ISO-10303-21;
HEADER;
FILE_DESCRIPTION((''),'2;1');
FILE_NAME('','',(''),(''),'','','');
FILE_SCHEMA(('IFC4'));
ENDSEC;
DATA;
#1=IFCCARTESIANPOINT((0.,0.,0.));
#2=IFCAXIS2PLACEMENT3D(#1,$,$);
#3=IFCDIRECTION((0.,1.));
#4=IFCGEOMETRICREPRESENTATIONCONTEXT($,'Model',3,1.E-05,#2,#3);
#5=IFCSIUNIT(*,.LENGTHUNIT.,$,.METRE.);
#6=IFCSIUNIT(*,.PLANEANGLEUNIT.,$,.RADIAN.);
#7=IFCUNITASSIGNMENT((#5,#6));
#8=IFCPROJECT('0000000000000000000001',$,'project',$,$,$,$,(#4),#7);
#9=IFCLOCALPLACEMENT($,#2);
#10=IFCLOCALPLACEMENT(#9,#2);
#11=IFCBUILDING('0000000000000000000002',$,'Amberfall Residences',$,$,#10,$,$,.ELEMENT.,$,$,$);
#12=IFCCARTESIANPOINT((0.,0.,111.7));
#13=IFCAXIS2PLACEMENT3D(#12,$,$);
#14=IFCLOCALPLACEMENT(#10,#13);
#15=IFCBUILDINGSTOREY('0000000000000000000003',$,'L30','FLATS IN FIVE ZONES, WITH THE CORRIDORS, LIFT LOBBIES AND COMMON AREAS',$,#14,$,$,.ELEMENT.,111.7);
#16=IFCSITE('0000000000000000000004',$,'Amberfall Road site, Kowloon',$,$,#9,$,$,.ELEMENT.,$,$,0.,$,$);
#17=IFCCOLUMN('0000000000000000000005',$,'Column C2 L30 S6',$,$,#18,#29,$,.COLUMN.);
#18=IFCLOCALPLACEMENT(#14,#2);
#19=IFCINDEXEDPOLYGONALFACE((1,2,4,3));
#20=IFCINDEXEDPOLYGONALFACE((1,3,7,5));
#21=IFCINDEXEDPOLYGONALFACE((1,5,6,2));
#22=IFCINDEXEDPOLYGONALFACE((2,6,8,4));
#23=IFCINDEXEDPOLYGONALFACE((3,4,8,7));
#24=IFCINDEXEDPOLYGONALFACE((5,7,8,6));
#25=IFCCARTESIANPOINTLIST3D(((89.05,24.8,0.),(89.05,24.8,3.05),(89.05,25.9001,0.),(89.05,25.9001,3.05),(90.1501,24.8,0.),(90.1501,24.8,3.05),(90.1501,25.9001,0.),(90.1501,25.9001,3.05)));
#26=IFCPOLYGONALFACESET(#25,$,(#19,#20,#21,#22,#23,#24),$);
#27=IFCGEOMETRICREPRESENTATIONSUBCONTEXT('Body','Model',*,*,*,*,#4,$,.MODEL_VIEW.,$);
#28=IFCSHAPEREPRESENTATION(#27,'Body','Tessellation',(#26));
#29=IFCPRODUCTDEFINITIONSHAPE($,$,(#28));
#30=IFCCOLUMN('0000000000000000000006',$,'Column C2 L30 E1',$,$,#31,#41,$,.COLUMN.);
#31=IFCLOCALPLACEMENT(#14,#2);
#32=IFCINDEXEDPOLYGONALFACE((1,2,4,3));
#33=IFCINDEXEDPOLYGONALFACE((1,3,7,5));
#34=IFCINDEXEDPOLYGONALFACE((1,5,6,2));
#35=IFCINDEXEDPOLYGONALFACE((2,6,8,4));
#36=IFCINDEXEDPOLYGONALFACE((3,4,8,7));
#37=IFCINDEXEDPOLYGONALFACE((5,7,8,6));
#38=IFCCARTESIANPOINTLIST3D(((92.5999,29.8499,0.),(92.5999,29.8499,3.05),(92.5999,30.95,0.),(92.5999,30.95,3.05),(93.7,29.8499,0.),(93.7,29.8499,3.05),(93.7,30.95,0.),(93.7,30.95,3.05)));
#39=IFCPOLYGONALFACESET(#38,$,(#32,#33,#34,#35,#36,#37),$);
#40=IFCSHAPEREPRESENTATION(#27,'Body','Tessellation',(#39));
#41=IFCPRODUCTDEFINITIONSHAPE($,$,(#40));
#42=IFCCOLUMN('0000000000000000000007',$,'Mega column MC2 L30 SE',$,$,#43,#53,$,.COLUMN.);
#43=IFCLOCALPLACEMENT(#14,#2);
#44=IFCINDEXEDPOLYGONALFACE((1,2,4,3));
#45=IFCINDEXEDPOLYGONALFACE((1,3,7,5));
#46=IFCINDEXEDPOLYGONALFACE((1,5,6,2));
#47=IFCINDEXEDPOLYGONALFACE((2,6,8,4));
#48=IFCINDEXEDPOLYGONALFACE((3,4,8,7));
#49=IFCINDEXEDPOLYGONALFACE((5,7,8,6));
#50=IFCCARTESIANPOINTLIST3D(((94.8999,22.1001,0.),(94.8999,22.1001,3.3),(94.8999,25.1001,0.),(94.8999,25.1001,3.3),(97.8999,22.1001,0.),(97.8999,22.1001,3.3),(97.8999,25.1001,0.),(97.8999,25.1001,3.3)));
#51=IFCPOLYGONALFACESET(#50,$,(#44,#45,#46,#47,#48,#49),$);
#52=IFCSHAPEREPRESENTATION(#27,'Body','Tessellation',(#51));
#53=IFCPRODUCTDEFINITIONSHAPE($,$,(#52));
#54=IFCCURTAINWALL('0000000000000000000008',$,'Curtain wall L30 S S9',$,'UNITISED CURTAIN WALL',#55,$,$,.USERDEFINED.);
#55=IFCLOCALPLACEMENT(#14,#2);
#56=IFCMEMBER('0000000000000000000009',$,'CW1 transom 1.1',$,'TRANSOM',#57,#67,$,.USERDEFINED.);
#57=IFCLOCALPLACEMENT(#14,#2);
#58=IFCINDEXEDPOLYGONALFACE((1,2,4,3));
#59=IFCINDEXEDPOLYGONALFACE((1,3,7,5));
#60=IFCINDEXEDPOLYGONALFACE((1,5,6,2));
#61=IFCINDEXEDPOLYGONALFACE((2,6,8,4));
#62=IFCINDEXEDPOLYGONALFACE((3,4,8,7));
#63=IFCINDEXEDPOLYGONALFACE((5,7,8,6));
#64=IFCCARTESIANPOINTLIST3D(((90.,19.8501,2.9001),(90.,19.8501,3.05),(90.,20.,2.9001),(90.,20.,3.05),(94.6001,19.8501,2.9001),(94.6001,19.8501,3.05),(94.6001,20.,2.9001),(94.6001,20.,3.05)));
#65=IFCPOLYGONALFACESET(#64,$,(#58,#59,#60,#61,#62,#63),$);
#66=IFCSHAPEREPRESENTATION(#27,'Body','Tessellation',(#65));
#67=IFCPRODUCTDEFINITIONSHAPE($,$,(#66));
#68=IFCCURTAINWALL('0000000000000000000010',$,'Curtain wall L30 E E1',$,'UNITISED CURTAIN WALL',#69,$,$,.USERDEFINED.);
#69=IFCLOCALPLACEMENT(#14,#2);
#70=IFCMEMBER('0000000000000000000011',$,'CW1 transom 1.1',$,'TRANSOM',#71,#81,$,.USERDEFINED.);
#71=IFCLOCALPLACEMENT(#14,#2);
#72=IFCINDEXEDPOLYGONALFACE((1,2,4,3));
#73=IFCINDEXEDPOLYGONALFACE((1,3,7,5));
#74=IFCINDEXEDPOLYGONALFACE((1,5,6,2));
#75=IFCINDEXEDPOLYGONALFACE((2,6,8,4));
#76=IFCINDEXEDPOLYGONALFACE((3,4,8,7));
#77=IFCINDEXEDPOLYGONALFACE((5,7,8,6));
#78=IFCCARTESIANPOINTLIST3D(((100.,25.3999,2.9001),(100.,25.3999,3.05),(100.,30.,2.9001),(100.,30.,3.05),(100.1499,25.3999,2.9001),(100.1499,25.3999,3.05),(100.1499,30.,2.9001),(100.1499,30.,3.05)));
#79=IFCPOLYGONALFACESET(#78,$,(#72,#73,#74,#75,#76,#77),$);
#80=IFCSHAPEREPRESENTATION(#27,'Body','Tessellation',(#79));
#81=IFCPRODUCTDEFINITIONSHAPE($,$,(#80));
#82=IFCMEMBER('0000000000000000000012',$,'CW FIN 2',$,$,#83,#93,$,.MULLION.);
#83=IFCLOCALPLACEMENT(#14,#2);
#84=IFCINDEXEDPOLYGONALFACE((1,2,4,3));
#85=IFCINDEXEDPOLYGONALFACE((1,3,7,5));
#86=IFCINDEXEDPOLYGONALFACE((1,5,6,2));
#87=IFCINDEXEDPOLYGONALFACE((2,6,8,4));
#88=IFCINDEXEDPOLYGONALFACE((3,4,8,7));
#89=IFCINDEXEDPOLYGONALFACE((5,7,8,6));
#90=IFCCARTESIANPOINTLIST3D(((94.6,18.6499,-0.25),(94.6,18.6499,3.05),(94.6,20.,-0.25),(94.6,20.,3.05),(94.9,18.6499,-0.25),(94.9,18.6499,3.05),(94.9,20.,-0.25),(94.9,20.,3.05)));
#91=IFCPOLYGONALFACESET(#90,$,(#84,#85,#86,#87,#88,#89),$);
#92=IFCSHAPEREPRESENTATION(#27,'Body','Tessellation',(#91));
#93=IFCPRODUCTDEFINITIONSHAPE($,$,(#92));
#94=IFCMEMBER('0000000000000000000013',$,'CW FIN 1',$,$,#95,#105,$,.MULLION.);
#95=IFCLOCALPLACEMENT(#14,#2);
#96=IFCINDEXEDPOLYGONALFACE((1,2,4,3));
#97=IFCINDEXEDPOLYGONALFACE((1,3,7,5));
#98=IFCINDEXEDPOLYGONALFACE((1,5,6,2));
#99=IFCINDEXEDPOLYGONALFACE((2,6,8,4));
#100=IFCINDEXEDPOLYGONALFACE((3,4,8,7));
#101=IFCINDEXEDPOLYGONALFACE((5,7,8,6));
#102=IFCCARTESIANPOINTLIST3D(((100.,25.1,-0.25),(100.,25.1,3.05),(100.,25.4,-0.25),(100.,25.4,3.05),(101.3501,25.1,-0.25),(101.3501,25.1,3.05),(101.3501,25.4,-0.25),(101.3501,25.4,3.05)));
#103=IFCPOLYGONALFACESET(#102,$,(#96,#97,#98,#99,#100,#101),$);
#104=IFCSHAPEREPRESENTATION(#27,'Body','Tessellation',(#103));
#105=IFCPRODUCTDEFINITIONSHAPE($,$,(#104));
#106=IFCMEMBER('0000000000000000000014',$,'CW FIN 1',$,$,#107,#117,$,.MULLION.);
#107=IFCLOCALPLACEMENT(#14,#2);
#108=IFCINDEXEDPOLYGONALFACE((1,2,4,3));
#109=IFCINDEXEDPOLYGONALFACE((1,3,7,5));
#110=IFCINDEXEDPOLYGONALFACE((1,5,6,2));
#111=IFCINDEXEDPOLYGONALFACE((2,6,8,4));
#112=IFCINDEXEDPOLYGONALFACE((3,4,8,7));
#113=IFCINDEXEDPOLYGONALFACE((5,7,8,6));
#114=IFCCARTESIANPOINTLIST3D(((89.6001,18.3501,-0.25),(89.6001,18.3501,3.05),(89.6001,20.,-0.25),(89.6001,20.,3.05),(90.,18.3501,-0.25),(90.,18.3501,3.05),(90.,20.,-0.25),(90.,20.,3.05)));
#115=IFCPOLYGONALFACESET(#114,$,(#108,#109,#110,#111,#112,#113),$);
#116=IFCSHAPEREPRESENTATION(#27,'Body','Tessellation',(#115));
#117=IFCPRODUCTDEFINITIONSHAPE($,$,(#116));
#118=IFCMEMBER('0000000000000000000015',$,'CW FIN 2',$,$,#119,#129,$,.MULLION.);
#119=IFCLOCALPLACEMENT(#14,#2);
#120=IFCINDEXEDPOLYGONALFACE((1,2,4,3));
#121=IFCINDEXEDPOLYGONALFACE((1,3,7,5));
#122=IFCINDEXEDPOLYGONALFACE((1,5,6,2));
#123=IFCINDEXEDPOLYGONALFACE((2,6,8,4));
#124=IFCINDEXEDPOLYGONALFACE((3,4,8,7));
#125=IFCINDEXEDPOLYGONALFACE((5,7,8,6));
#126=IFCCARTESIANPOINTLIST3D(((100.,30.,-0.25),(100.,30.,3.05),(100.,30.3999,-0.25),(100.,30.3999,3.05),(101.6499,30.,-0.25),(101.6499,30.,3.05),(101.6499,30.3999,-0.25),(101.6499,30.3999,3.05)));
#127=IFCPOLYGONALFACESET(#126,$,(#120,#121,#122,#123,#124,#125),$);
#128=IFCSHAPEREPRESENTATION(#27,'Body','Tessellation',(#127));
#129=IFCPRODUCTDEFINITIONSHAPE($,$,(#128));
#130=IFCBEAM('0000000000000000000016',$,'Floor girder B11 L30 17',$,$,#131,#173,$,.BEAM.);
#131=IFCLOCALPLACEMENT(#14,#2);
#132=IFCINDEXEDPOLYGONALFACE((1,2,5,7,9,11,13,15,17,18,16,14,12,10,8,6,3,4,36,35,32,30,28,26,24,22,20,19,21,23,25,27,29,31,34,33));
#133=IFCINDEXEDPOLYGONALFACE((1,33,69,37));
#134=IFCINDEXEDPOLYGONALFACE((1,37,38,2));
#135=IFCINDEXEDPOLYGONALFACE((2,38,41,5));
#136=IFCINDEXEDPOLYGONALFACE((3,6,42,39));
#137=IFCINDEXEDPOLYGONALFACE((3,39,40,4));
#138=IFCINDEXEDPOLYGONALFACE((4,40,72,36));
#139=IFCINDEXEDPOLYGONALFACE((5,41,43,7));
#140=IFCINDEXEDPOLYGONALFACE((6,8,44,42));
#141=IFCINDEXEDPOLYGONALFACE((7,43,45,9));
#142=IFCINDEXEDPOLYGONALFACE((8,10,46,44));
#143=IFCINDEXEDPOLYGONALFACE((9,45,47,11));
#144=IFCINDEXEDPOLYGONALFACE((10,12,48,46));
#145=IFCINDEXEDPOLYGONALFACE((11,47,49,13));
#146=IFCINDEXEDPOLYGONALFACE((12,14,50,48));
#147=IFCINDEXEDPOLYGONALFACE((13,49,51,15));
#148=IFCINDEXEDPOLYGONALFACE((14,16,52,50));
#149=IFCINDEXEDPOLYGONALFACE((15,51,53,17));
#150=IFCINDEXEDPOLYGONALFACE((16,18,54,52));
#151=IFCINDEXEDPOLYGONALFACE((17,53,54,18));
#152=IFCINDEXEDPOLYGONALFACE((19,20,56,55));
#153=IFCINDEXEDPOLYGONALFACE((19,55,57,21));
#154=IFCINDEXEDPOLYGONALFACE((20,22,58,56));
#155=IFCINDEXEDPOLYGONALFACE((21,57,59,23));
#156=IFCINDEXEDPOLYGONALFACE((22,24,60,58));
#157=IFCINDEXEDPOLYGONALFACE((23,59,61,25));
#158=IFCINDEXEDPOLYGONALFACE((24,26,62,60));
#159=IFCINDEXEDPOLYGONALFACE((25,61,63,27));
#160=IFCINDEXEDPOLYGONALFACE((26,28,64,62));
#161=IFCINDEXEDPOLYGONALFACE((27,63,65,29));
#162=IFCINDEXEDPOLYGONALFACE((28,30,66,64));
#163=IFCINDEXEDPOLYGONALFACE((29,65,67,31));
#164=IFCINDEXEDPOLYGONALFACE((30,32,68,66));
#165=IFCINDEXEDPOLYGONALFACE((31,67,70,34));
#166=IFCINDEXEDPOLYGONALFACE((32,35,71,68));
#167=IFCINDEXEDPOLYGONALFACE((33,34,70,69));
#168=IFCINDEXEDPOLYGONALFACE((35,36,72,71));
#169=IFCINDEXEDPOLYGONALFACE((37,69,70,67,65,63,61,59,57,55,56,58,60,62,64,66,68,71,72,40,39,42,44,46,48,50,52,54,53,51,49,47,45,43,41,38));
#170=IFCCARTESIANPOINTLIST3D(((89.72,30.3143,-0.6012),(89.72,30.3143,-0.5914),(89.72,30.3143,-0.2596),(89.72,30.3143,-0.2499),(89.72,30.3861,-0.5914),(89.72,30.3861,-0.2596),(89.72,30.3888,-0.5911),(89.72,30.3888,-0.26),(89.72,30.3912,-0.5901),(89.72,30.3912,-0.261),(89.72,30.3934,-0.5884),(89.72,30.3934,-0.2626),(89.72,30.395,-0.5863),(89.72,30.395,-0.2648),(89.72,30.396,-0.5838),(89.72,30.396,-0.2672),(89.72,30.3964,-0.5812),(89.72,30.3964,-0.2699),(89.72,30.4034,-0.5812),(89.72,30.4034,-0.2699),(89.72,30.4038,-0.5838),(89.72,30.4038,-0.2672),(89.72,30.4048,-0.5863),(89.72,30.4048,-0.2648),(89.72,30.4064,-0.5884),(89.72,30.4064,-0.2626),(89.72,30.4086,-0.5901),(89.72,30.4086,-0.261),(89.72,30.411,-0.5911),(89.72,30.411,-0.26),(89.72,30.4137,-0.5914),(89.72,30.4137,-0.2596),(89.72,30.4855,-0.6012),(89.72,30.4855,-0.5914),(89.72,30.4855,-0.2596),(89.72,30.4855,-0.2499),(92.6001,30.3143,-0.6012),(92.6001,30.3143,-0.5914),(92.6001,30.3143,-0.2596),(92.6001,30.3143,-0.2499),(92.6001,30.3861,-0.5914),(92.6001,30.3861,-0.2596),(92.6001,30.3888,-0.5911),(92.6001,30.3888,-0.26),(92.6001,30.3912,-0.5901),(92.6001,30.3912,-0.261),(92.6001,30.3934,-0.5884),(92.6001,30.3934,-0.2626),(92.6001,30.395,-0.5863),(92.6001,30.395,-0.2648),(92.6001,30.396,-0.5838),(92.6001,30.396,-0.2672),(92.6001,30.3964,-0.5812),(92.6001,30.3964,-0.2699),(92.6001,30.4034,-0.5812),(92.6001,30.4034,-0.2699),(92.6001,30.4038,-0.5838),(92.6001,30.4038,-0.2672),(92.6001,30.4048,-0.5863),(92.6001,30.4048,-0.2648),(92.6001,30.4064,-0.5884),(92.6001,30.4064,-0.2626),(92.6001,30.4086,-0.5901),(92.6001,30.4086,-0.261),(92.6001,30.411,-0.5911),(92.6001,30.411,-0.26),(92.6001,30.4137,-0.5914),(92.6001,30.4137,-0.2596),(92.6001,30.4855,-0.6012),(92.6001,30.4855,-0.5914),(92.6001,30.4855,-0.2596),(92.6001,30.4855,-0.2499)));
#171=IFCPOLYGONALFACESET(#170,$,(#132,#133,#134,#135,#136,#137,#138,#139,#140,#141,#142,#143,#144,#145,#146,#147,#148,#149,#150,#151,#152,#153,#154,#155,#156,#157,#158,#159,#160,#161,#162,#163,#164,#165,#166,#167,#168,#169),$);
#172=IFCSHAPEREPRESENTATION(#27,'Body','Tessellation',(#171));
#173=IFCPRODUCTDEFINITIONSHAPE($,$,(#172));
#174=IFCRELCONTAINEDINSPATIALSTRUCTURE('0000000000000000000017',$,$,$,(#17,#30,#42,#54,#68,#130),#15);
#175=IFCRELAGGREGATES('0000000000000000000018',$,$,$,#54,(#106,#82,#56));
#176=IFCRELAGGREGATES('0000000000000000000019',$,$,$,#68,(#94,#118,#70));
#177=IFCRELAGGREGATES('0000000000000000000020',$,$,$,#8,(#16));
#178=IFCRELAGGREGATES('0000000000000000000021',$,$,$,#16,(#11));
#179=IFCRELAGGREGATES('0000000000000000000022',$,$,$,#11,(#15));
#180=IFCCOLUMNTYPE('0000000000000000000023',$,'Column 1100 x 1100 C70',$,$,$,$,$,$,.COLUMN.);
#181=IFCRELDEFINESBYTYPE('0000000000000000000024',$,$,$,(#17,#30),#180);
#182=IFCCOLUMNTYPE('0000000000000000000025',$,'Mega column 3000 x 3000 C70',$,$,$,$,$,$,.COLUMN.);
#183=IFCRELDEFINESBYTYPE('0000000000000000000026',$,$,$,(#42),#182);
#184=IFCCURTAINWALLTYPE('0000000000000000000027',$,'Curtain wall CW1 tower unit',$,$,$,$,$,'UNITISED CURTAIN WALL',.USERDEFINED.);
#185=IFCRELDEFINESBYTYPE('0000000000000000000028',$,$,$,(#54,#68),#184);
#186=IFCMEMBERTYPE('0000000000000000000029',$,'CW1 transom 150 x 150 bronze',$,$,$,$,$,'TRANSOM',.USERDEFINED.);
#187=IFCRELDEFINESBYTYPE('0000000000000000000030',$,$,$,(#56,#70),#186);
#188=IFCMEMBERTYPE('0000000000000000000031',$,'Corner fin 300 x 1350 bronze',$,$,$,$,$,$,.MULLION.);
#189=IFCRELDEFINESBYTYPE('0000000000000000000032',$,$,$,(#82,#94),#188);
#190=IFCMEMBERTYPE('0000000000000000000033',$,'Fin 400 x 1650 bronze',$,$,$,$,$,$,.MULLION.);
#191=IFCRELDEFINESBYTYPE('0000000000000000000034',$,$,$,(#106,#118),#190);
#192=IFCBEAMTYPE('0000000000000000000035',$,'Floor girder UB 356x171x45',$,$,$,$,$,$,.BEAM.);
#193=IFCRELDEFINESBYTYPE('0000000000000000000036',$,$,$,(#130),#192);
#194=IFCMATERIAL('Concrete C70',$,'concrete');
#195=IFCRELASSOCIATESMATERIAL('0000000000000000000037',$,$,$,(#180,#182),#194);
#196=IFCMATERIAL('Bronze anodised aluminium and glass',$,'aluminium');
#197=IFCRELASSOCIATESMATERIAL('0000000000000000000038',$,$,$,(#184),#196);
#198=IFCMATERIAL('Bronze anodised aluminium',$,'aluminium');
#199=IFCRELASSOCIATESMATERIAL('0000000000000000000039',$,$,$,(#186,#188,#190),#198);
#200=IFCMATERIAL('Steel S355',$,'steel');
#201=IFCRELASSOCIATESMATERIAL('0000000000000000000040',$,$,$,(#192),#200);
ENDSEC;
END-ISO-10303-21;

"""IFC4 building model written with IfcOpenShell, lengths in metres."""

from ifc_helpers import new_model, si_unit, direction, frame, origin, origin_2d, place, context, subcontext, project, spatial, rectangle, i_section, extrude, material, material_profile, profile_set, type_object, element, aggregate, save


model = new_model("IFC4")

# Units and contexts
model_context = context("Model", 3, precision=1e-05, world=origin(), true_north=direction((0.0, 1.0)))
body_context = subcontext(model_context, "Body", "Model", "MODEL_VIEW")
ifc_project = project(units=[si_unit("LENGTHUNIT", "METRE"), si_unit("PLANEANGLEUNIT", "RADIAN")], contexts=[model_context])

# Site, building, storey
site_placement = place(None, origin())
site = spatial("IfcSite", under=ifc_project, at=site_placement, Name="Amberfall Road site, Kowloon", CompositionType="ELEMENT", RefElevation=0.0)
building_placement = place(site_placement, origin())
building = spatial("IfcBuilding", under=site, at=building_placement, Name="Amberfall Residences", CompositionType="ELEMENT")
storey_placement = place(building_placement, frame((0.0, 0.0, 111.7)))
storey = spatial("IfcBuildingStorey", under=building, at=storey_placement, Name="L30", Description="FLATS IN FIVE ZONES, WITH THE CORRIDORS, LIFT LOBBIES AND COMMON AREAS", CompositionType="ELEMENT", Elevation=111.7)

# Columns
ifc_material_1 = material(Name="Concrete C70", Category="concrete")
ifc_material_profile_1 = material_profile(ifc_material_1, rectangle(XDim=1.1001, YDim=1.1001, at=origin_2d()), Name="Column 1100 x 1100 C70")
ifc_profile_set_1 = profile_set([ifc_material_profile_1], Name="Concrete C70")
column_type_1 = type_object("IfcColumnType", Name="Column 1100 x 1100 C70", PredefinedType="COLUMN", material=ifc_profile_set_1)
for number, where, z_axis, x_axis, name in (
    (1, (89.6001, 25.3501, 0.0), (0.0, 0.0, 1.0), (1.0, 0.0, 0.0), "Column C2 L30 S6"),
    (2, (93.1499, 30.3999, 0.0), (0.0, 0.0, 1.0), (1.0, 0.0, 0.0), "Column C2 L30 E1"),
):
    element("IfcColumn", number, at=place(storey_placement, frame(where, z_axis=z_axis, x_axis=x_axis)), inside=storey, type_object=column_type_1, Name=name, PredefinedType="COLUMN", context=body_context, shape_type="SweptSolid", body=[
        extrude(rectangle(XDim=1.1001, YDim=1.1001, at=origin_2d()), origin(), (0.0, 0.0, 1.0), 3.05),
    ])
ifc_material_profile_2 = material_profile(ifc_material_1, rectangle(XDim=3.0, YDim=3.0, at=origin_2d()), Name="Mega column 3000 x 3000 C70")
ifc_profile_set_2 = profile_set([ifc_material_profile_2], Name="Concrete C70")
column_type_2 = type_object("IfcColumnType", Name="Mega column 3000 x 3000 C70", PredefinedType="COLUMN", material=ifc_profile_set_2)
column_placement = place(storey_placement, frame((96.3999, 23.6001, 0.0), z_axis=(0.0, 0.0, 1.0), x_axis=(1.0, 0.0, 0.0)))
element("IfcColumn", 3, at=column_placement, inside=storey, type_object=column_type_2, Name="Mega column MC2 L30 SE", PredefinedType="COLUMN", context=body_context, shape_type="SweptSolid", body=[
    extrude(rectangle(XDim=3.0, YDim=3.0, at=origin_2d()), origin(), (0.0, 0.0, 1.0), 3.3),
])

# Curtain walls, members
ifc_material_2 = material(Name="Bronze anodised aluminium and glass", Category="aluminium")
curtain_wall_type = type_object("IfcCurtainWallType", Name="Curtain wall CW1 tower unit", ElementType="UNITISED CURTAIN WALL", PredefinedType="USERDEFINED", material=ifc_material_2)
curtain_wall_1_placement = place(storey_placement, origin())
curtain_wall_1 = element("IfcCurtainWall", 4, at=curtain_wall_1_placement, inside=storey, type_object=curtain_wall_type, Name="Curtain wall L30 S S9", ObjectType="UNITISED CURTAIN WALL", PredefinedType="USERDEFINED")
ifc_material_3 = material(Name="Bronze anodised aluminium", Category="aluminium")
ifc_material_profile_3 = material_profile(ifc_material_3, rectangle(XDim=0.1499, YDim=0.1499, at=origin_2d()), Name="CW1 transom 150 x 150 bronze")
ifc_profile_set_3 = profile_set([ifc_material_profile_3], Name="Bronze anodised aluminium")
member_type_1 = type_object("IfcMemberType", Name="CW1 transom 150 x 150 bronze", ElementType="TRANSOM", PredefinedType="USERDEFINED", material=ifc_profile_set_3)
member_1_placement = place(storey_placement, frame((90.0, 19.925, 2.9751), z_axis=(1.0, 0.0, 0.0), x_axis=(0.0, 1.0, 0.0)))
member_1 = element("IfcMember", 5, at=member_1_placement, type_object=member_type_1, Name="CW1 transom 1.1", ObjectType="TRANSOM", PredefinedType="USERDEFINED", context=body_context, shape_type="SweptSolid", body=[
    extrude(rectangle(XDim=0.1499, YDim=0.1499, at=origin_2d()), origin(), (0.0, 0.0, 1.0), 4.6001),
])
curtain_wall_2_placement = place(storey_placement, origin())
curtain_wall_2 = element("IfcCurtainWall", 6, at=curtain_wall_2_placement, inside=storey, type_object=curtain_wall_type, Name="Curtain wall L30 E E1", ObjectType="UNITISED CURTAIN WALL", PredefinedType="USERDEFINED")
member_2_placement = place(storey_placement, frame((100.075, 25.3999, 2.9751), z_axis=(0.0, 1.0, 0.0), x_axis=(-1.0, 0.0, 0.0)))
member_2 = element("IfcMember", 7, at=member_2_placement, type_object=member_type_1, Name="CW1 transom 1.1", ObjectType="TRANSOM", PredefinedType="USERDEFINED", context=body_context, shape_type="SweptSolid", body=[
    extrude(rectangle(XDim=0.1499, YDim=0.1499, at=origin_2d()), origin(), (0.0, 0.0, 1.0), 4.6001),
])

# Members
ifc_material_profile_4 = material_profile(ifc_material_3, rectangle(XDim=1.3501, YDim=0.3, at=origin_2d()), Name="Corner fin 300 x 1350 bronze")
ifc_profile_set_4 = profile_set([ifc_material_profile_4], Name="Bronze anodised aluminium")
member_type_2 = type_object("IfcMemberType", Name="Corner fin 300 x 1350 bronze", PredefinedType="MULLION", material=ifc_profile_set_4)
member_3_placement = place(storey_placement, frame((94.75, 19.325, -0.25), z_axis=(0.0, 0.0, 1.0), x_axis=(0.0, 1.0, 0.0)))
member_3 = element("IfcMember", 8, at=member_3_placement, type_object=member_type_2, Name="CW FIN 2", PredefinedType="MULLION", context=body_context, shape_type="SweptSolid", body=[
    extrude(rectangle(XDim=1.3501, YDim=0.3, at=origin_2d()), origin(), (0.0, 0.0, 1.0), 3.3),
])
member_4_placement = place(storey_placement, frame((100.675, 25.25, -0.25), z_axis=(0.0, 0.0, 1.0), x_axis=(-1.0, 0.0, 0.0)))
member_4 = element("IfcMember", 9, at=member_4_placement, type_object=member_type_2, Name="CW FIN 1", PredefinedType="MULLION", context=body_context, shape_type="SweptSolid", body=[
    extrude(rectangle(XDim=1.3501, YDim=0.3, at=origin_2d()), origin(), (0.0, 0.0, 1.0), 3.3),
])
ifc_material_profile_5 = material_profile(ifc_material_3, rectangle(XDim=1.6499, YDim=0.3999, at=origin_2d()), Name="Fin 400 x 1650 bronze")
ifc_profile_set_5 = profile_set([ifc_material_profile_5], Name="Bronze anodised aluminium")
member_type_3 = type_object("IfcMemberType", Name="Fin 400 x 1650 bronze", PredefinedType="MULLION", material=ifc_profile_set_5)
member_5_placement = place(storey_placement, frame((89.8, 19.175, -0.25), z_axis=(0.0, 0.0, 1.0), x_axis=(0.0, 1.0, 0.0)))
member_5 = element("IfcMember", 10, at=member_5_placement, type_object=member_type_3, Name="CW FIN 1", PredefinedType="MULLION", context=body_context, shape_type="SweptSolid", body=[
    extrude(rectangle(XDim=1.6499, YDim=0.3999, at=origin_2d()), origin(), (0.0, 0.0, 1.0), 3.3),
])
member_6_placement = place(storey_placement, frame((100.825, 30.2, -0.25), z_axis=(0.0, 0.0, 1.0), x_axis=(-1.0, 0.0, 0.0)))
member_6 = element("IfcMember", 11, at=member_6_placement, type_object=member_type_3, Name="CW FIN 2", PredefinedType="MULLION", context=body_context, shape_type="SweptSolid", body=[
    extrude(rectangle(XDim=1.6499, YDim=0.3999, at=origin_2d()), origin(), (0.0, 0.0, 1.0), 3.3),
])

# Beam
ifc_material_4 = material(Name="Steel S355", Category="steel")
ifc_material_profile_6 = material_profile(ifc_material_4, i_section(OverallWidth=0.1711, OverallDepth=0.3513, WebThickness=0.0071, FlangeThickness=0.0098, FilletRadius=0.0103, at=origin_2d()), Name="UB 356x171x45")
ifc_profile_set_6 = profile_set([ifc_material_profile_6], Name="Steel S355")
beam_type_1 = type_object("IfcBeamType", Name="Floor girder UB 356x171x45", PredefinedType="BEAM", material=ifc_profile_set_6)
beam_1_placement = place(storey_placement, frame((92.6001, 30.3999, -0.4255), z_axis=(-1.0, 0.0, 0.0), x_axis=(0.0, -1.0, 0.0)))
element("IfcBeam", 12, at=beam_1_placement, inside=storey, type_object=beam_type_1, Name="Floor girder B11 L30 17", PredefinedType="BEAM", context=body_context, shape_type="SweptSolid", body=[
    extrude(i_section(OverallWidth=0.1711, OverallDepth=0.3513, WebThickness=0.0071, FlangeThickness=0.0098, FilletRadius=0.0103, at=origin_2d()), origin(), (0.0, 0.0, 1.0), 2.8801),
])

aggregate(curtain_wall_1, [member_5, member_3, member_1])
aggregate(curtain_wall_2, [member_4, member_6, member_2])

save(model, "model.ifc")
